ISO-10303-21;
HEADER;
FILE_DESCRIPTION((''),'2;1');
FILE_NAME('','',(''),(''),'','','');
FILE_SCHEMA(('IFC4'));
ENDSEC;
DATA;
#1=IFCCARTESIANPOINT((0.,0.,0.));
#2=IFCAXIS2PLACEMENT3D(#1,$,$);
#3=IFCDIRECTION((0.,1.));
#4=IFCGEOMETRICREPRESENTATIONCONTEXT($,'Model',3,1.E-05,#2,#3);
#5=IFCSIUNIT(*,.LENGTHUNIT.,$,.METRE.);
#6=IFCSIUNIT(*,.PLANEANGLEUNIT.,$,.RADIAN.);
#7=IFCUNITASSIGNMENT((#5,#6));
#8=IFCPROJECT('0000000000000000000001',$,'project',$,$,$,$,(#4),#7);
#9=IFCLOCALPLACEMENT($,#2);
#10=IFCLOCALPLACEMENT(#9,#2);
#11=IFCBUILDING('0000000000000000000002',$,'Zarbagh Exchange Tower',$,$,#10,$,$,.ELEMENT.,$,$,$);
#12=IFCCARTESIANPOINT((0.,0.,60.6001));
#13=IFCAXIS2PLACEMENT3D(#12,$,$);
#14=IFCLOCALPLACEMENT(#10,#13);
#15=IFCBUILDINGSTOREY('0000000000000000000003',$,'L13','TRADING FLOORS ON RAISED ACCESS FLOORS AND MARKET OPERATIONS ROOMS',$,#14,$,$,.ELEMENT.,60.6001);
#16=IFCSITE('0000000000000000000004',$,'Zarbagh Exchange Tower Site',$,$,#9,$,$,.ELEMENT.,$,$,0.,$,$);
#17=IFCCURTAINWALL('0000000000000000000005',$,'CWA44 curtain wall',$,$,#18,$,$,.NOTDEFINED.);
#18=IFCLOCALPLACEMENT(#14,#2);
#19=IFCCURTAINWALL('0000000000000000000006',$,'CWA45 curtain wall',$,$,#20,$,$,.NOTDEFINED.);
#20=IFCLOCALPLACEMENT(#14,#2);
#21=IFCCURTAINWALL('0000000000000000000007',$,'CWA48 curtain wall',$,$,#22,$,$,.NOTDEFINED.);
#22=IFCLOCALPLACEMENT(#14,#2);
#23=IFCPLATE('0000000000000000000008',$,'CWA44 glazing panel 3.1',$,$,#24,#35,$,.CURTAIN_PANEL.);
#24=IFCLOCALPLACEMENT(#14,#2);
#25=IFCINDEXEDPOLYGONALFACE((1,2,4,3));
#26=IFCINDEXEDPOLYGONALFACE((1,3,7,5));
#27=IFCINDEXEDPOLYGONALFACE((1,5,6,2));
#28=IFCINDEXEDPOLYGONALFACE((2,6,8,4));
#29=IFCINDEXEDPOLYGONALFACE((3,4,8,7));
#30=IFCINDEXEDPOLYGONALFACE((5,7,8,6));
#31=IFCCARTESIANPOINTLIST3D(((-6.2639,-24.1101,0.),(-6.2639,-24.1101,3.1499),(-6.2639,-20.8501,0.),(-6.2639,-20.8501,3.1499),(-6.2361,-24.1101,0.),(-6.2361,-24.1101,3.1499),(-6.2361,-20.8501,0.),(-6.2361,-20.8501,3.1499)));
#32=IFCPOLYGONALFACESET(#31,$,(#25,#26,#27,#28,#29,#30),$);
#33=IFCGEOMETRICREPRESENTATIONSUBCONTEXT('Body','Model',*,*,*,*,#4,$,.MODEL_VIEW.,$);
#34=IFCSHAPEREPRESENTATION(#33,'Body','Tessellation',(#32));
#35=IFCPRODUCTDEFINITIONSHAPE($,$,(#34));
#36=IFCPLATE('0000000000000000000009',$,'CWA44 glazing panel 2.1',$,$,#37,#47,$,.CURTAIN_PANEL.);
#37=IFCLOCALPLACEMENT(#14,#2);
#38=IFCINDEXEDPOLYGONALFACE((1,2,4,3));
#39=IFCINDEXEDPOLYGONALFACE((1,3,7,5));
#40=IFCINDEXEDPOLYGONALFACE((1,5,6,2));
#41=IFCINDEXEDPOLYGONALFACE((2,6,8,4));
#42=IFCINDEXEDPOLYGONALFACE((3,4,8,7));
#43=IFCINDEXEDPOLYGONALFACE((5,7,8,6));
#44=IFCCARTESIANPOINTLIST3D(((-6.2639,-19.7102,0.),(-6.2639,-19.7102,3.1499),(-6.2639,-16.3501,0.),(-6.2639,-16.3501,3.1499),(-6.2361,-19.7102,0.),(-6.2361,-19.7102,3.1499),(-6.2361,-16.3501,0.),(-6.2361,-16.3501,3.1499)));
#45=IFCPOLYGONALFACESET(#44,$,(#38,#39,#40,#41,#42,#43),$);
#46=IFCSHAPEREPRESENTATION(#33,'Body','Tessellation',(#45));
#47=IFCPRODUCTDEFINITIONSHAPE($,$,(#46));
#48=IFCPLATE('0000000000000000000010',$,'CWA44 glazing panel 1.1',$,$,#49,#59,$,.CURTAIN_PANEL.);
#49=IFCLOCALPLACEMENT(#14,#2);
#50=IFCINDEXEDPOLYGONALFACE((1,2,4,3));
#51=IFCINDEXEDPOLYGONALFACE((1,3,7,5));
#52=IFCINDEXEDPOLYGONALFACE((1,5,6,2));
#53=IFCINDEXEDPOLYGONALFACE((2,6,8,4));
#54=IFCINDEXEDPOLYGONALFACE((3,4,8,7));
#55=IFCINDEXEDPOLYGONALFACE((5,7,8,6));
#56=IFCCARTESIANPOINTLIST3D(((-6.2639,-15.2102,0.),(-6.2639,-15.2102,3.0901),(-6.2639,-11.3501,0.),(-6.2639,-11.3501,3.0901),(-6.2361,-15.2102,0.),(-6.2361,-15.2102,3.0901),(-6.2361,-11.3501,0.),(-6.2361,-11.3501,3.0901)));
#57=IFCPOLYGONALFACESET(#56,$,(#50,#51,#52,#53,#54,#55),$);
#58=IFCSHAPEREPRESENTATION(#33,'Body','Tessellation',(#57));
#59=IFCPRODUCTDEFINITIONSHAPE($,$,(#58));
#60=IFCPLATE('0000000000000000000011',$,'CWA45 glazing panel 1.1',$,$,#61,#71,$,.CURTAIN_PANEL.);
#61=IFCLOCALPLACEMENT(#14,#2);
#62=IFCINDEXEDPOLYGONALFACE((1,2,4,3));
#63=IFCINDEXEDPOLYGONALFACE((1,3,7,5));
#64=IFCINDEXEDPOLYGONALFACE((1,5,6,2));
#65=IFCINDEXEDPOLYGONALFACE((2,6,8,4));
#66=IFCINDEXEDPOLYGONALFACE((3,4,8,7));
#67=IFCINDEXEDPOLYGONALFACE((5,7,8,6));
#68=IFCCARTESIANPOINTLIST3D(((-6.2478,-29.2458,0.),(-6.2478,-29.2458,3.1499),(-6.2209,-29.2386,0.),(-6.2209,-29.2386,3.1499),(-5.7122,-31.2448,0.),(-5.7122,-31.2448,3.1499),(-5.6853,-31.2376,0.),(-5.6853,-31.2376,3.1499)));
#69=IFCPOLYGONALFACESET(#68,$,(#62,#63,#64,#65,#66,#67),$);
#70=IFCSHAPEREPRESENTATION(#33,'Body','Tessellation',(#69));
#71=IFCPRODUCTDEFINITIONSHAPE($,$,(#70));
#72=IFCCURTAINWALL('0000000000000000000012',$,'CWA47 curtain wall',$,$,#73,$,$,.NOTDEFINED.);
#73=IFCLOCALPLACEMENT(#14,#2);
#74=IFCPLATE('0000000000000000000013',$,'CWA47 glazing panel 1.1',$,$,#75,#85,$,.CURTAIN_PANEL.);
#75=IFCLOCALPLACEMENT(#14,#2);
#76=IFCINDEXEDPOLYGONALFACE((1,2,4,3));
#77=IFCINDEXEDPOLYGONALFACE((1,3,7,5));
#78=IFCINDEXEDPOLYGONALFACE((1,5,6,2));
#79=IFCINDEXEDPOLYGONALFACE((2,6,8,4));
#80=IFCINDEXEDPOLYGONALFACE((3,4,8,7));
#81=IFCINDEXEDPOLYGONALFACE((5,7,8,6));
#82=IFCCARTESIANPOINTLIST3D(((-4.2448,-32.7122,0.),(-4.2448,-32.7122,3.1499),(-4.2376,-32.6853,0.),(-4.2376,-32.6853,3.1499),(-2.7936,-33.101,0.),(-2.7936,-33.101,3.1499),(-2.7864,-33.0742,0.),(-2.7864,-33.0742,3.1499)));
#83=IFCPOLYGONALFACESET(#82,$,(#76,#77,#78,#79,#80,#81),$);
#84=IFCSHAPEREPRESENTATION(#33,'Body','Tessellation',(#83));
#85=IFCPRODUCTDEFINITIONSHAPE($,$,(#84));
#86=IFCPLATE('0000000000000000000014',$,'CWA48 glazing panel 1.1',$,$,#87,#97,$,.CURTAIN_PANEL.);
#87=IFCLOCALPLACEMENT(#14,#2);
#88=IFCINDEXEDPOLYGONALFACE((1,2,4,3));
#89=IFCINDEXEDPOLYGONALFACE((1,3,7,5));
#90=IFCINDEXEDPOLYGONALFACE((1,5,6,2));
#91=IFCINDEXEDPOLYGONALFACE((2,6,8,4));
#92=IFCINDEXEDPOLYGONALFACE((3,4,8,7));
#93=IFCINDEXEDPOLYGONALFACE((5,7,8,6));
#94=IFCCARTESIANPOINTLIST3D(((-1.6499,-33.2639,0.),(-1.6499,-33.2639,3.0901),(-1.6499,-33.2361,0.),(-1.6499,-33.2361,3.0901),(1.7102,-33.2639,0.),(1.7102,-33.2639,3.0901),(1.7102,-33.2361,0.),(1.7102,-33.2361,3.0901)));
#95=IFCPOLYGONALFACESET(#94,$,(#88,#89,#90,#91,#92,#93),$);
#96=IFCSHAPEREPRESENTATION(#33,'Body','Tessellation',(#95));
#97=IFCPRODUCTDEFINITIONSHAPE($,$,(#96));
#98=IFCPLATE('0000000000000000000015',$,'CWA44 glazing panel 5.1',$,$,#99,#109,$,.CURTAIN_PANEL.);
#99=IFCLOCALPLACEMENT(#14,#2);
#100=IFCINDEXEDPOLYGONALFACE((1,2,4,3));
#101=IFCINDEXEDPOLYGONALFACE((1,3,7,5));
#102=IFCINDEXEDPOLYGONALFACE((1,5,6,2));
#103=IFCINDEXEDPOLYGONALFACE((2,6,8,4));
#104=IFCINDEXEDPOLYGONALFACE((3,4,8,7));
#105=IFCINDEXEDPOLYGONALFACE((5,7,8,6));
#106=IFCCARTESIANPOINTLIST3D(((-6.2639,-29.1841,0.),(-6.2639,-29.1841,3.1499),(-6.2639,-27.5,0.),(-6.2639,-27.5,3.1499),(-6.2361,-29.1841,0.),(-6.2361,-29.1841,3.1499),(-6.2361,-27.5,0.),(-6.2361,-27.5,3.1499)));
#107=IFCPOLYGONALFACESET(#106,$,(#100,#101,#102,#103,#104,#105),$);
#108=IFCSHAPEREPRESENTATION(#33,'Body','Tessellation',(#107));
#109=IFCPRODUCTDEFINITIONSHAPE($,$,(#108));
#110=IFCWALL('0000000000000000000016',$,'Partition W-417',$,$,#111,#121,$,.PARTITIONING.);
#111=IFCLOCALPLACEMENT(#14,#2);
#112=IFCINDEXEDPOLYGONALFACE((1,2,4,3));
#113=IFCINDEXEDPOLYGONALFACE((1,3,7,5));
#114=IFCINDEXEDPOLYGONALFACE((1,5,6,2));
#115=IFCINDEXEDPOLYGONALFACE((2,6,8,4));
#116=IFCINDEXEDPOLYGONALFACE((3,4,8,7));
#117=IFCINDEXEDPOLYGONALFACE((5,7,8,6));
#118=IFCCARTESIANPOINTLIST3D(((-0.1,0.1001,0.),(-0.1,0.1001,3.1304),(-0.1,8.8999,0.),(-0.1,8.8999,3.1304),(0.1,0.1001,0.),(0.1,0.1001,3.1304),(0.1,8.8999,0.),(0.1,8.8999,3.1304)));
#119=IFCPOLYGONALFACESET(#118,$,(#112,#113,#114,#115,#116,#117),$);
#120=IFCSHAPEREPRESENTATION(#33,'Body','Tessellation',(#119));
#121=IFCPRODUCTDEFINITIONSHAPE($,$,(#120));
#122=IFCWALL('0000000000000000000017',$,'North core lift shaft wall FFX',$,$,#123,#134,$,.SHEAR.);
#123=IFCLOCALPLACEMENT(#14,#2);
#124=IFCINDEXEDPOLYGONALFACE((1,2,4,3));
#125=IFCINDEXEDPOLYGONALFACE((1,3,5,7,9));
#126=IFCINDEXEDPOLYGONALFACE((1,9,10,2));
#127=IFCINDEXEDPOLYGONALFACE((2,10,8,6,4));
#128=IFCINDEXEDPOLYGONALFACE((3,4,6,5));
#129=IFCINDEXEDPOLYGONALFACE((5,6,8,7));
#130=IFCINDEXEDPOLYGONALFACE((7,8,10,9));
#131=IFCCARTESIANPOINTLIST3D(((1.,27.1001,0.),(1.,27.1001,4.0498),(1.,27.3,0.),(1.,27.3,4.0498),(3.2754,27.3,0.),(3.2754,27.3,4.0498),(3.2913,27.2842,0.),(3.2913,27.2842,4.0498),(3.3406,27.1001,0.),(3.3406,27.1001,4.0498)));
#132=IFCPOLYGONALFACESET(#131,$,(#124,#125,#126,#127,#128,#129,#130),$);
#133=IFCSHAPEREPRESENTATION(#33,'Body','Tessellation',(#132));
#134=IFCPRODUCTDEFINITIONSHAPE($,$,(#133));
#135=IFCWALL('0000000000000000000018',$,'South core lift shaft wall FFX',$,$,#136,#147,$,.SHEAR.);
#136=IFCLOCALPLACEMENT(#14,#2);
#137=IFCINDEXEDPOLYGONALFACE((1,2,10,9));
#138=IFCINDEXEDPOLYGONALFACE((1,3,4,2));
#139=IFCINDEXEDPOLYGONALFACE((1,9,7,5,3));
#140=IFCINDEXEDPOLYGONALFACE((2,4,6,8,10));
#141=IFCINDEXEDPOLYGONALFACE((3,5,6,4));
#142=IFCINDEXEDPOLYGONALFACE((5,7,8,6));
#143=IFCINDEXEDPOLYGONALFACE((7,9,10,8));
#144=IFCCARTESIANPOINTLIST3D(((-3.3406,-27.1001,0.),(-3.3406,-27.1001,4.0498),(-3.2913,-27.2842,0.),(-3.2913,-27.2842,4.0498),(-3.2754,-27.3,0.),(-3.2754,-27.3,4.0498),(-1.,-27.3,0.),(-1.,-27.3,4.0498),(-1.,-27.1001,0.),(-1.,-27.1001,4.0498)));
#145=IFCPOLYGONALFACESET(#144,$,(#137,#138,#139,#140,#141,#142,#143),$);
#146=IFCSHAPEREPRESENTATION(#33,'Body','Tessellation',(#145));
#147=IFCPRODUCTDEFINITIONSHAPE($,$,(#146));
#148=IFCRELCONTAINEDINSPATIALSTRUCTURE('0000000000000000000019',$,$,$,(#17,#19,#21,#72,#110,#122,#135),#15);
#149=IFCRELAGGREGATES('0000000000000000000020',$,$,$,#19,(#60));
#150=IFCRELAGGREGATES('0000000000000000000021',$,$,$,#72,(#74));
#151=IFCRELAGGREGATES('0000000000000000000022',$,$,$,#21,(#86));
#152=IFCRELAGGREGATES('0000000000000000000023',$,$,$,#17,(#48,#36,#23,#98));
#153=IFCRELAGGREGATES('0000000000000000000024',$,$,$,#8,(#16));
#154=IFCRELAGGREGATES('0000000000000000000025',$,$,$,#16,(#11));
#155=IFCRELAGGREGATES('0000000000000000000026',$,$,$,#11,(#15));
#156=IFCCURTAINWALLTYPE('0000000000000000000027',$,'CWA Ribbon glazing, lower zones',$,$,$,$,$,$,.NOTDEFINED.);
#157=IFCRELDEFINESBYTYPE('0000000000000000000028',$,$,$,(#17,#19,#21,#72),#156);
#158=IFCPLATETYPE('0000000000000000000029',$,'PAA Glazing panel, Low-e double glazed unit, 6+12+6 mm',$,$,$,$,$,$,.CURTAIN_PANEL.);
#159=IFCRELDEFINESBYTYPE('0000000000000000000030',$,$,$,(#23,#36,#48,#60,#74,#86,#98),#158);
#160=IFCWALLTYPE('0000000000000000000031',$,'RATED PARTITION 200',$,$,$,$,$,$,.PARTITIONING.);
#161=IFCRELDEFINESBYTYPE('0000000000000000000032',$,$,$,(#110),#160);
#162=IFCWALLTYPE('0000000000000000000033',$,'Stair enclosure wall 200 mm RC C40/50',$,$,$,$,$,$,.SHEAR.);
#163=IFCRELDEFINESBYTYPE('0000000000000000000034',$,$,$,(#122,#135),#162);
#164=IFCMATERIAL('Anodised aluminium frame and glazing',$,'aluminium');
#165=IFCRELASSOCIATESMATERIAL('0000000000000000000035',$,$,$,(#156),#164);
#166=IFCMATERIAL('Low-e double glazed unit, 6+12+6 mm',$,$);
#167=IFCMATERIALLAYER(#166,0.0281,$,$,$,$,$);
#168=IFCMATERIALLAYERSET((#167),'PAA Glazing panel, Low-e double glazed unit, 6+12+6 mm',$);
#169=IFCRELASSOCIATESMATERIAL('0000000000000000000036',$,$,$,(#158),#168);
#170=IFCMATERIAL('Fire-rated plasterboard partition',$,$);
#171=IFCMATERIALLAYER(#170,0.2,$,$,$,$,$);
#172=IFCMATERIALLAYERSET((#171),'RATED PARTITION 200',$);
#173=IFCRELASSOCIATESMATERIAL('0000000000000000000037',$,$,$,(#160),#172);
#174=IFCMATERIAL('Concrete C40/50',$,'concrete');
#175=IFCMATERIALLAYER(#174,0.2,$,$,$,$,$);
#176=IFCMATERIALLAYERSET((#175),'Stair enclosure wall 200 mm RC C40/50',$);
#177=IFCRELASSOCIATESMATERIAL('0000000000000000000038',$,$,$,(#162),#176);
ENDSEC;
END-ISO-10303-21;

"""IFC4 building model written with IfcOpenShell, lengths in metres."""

from ifc_helpers import new_model, si_unit, direction, frame, frame_2d, origin, place, context, subcontext, project, spatial, polyline, rectangle, outline, extrude, source, transform, mapped, material, layer, layer_set, type_object, element, aggregate, save


model = new_model("IFC4")

# Units and contexts
model_context = context("Model", 3, precision=1e-05, world=origin(), true_north=direction((0.0, 1.0)))
body_context = subcontext(model_context, "Body", "Model", "MODEL_VIEW")
ifc_project = project(units=[si_unit("LENGTHUNIT", "METRE"), si_unit("PLANEANGLEUNIT", "RADIAN")], contexts=[model_context])

# Site, building, storey
site_placement = place(None, origin())
site = spatial("IfcSite", under=ifc_project, at=site_placement, Name="Zarbagh Exchange Tower Site", CompositionType="ELEMENT", RefElevation=0.0)
building_placement = place(site_placement, origin())
building = spatial("IfcBuilding", under=site, at=building_placement, Name="Zarbagh Exchange Tower", CompositionType="ELEMENT")
storey_placement = place(building_placement, frame((0.0, 0.0, 60.6001)))
storey = spatial("IfcBuildingStorey", under=building, at=storey_placement, Name="L13", Description="TRADING FLOORS ON RAISED ACCESS FLOORS AND MARKET OPERATIONS ROOMS", CompositionType="ELEMENT", Elevation=60.6001)

# Curtain wall
ifc_material_1 = material(Name="Anodised aluminium frame and glazing", Category="aluminium")
curtain_wall_type = type_object("IfcCurtainWallType", Name="CWA Ribbon glazing, lower zones", PredefinedType="NOTDEFINED", material=ifc_material_1)
curtain_wall_1_placement = place(storey_placement, origin())
curtain_wall_1 = element("IfcCurtainWall", 1, at=curtain_wall_1_placement, inside=storey, type_object=curtain_wall_type, Name="CWA44 curtain wall", PredefinedType="NOTDEFINED")
placement = place(storey_placement, origin())

# Curtain walls
curtain_wall_2_placement = place(storey_placement, origin())
curtain_wall_2 = element("IfcCurtainWall", 2, at=curtain_wall_2_placement, inside=storey, type_object=curtain_wall_type, Name="CWA45 curtain wall", PredefinedType="NOTDEFINED")
curtain_wall_3_placement = place(storey_placement, origin())
curtain_wall_3 = element("IfcCurtainWall", 3, at=curtain_wall_3_placement, inside=storey, type_object=curtain_wall_type, Name="CWA48 curtain wall", PredefinedType="NOTDEFINED")

# Shared definitions
ifc_material_2 = material(Name="Concrete C40/50", Category="concrete")

# Shared definitions
ifc_material_3 = material(Name="Low-e double glazed unit, 6+12+6 mm")
ifc_layer_1 = layer(ifc_material_3, 0.0281)
ifc_layer_set_1 = layer_set([ifc_layer_1], Name="PAA Glazing panel, Low-e double glazed unit, 6+12+6 mm")
plate_type = type_object("IfcPlateType", Name="PAA Glazing panel, Low-e double glazed unit, 6+12+6 mm", PredefinedType="CURTAIN_PANEL", material=ifc_layer_set_1)

# Plates
shared_shape_1 = source(origin(), body_context, "Body", "SweptSolid", [
    extrude(outline(polyline([(0.0, -0.0139), (3.26, -0.0139), (3.26, 0.0139), (0.0, 0.0139), (0.0, -0.0139)])), origin(), (0.0, 0.0, 1.0), 3.1499),
])
plate_1 = element("IfcPlate", 4, at=placement, type_object=plate_type, Name="CWA44 glazing panel 3.1", PredefinedType="CURTAIN_PANEL", context=body_context, shape_type="MappedRepresentation", body=[
    mapped(shared_shape_1, transform((-6.25, -20.8501, 0.0), x_axis=(0.0, -1.0, 0.0), y_axis=(1.0, 0.0, 0.0), z_axis=(0.0, 0.0, 1.0))),
])
shared_shape_2 = source(origin(), body_context, "Body", "SweptSolid", [
    extrude(outline(polyline([(0.0, -0.0139), (3.3601, -0.0139), (3.3601, 0.0139), (0.0, 0.0139), (0.0, -0.0139)])), origin(), (0.0, 0.0, 1.0), 3.1499),
])
plate_2 = element("IfcPlate", 5, at=placement, type_object=plate_type, Name="CWA44 glazing panel 2.1", PredefinedType="CURTAIN_PANEL", context=body_context, shape_type="MappedRepresentation", body=[
    mapped(shared_shape_2, transform((-6.25, -16.3501, 0.0), x_axis=(0.0, -1.0, 0.0), y_axis=(1.0, 0.0, 0.0), z_axis=(0.0, 0.0, 1.0))),
])
shared_shape_3 = source(origin(), body_context, "Body", "SweptSolid", [
    extrude(outline(polyline([(0.0, -0.0139), (3.8601, -0.0139), (3.8601, 0.0139), (0.0, 0.0139), (0.0, -0.0139)])), origin(), (0.0, 0.0, 1.0), 3.0901),
])
plate_3 = element("IfcPlate", 6, at=placement, type_object=plate_type, Name="CWA44 glazing panel 1.1", PredefinedType="CURTAIN_PANEL", context=body_context, shape_type="MappedRepresentation", body=[
    mapped(shared_shape_3, transform((-6.25, -11.3501, 0.0), x_axis=(0.0, -1.0, 0.0), y_axis=(1.0, 0.0, 0.0), z_axis=(0.0, 0.0, 1.0))),
])
shared_shape_4 = source(origin(), body_context, "Body", "SweptSolid", [
    extrude(outline(polyline([(0.0, -0.0139), (2.0696, -0.0139), (2.0696, 0.0139), (0.0, 0.0139), (0.0, -0.0139)])), origin(), (0.0, 0.0, 1.0), 3.1499),
])
plate_4 = element("IfcPlate", 7, at=placement, type_object=plate_type, Name="CWA45 glazing panel 1.1", PredefinedType="CURTAIN_PANEL", context=body_context, shape_type="MappedRepresentation", body=[
    mapped(shared_shape_4, transform((-6.2344, -29.2422, 0.0), x_axis=(0.258825, -0.965924, 0.0), y_axis=(0.965924, 0.258825, 0.0), z_axis=(0.0, 0.0, 1.0))),
])
aggregate(curtain_wall_2, [plate_4])

# Curtain wall, plate
curtain_wall_4_placement = place(storey_placement, origin())
curtain_wall_4 = element("IfcCurtainWall", 8, at=curtain_wall_4_placement, inside=storey, type_object=curtain_wall_type, Name="CWA47 curtain wall", PredefinedType="NOTDEFINED")
shared_shape_5 = source(origin(), body_context, "Body", "SweptSolid", [
    extrude(outline(polyline([(0.0, -0.0139), (1.5024, -0.0139), (1.5024, 0.0139), (0.0, 0.0139), (0.0, -0.0139)])), origin(), (0.0, 0.0, 1.0), 3.1499),
])
plate_5 = element("IfcPlate", 9, at=placement, type_object=plate_type, Name="CWA47 glazing panel 1.1", PredefinedType="CURTAIN_PANEL", context=body_context, shape_type="MappedRepresentation", body=[
    mapped(shared_shape_5, transform((-4.2412, -32.6987, 0.0), x_axis=(0.965924, -0.258825, 0.0), y_axis=(0.258825, 0.965924, 0.0), z_axis=(0.0, 0.0, 1.0))),
])
aggregate(curtain_wall_4, [plate_5])

# Plates
shared_shape_6 = source(origin(), body_context, "Body", "SweptSolid", [
    extrude(outline(polyline([(0.0, -0.0139), (3.3601, -0.0139), (3.3601, 0.0139), (0.0, 0.0139), (0.0, -0.0139)])), origin(), (0.0, 0.0, 1.0), 3.0901),
])
plate_6 = element("IfcPlate", 10, at=placement, type_object=plate_type, Name="CWA48 glazing panel 1.1", PredefinedType="CURTAIN_PANEL", context=body_context, shape_type="MappedRepresentation", body=[
    mapped(shared_shape_6, transform((-1.6499, -33.25, 0.0), x_axis=(1.0, 0.0, 0.0), y_axis=(0.0, 1.0, 0.0), z_axis=(0.0, 0.0, 1.0))),
])
aggregate(curtain_wall_3, [plate_6])
shared_shape_7 = source(origin(), body_context, "Body", "SweptSolid", [
    extrude(outline(polyline([(0.0, -0.0139), (1.6841, -0.0139), (1.6841, 0.0139), (0.0, 0.0139), (0.0, -0.0139)])), origin(), (0.0, 0.0, 1.0), 3.1499),
])
plate_7 = element("IfcPlate", 11, at=placement, type_object=plate_type, Name="CWA44 glazing panel 5.1", PredefinedType="CURTAIN_PANEL", context=body_context, shape_type="MappedRepresentation", body=[
    mapped(shared_shape_7, transform((-6.25, -27.5, 0.0), x_axis=(0.0, -1.0, 0.0), y_axis=(1.0, 0.0, 0.0), z_axis=(0.0, 0.0, 1.0))),
])
aggregate(curtain_wall_1, [plate_3, plate_2, plate_1, plate_7])

# Walls
ifc_material_4 = material(Name="Fire-rated plasterboard partition")
ifc_layer_2 = layer(ifc_material_4, 0.2)
ifc_layer_set_2 = layer_set([ifc_layer_2], Name="RATED PARTITION 200")
wall_type_1 = type_object("IfcWallType", Name="RATED PARTITION 200", PredefinedType="PARTITIONING", material=ifc_layer_set_2)
wall_1_placement = place(storey_placement, frame((0.0, 0.1001, 0.0), z_axis=(0.0, 0.0, 1.0), x_axis=(0.0, 1.0, 0.0)))
element("IfcWall", 12, at=wall_1_placement, inside=storey, type_object=wall_type_1, Name="Partition W-417", PredefinedType="PARTITIONING", context=body_context, shape_type="SweptSolid", body=[
    extrude(rectangle(XDim=8.7998, YDim=0.2, at=frame_2d((4.3999, 0.0))), origin(), (0.0, 0.0, 1.0), 3.1304),
])
ifc_layer_3 = layer(ifc_material_2, 0.2)
ifc_layer_set_3 = layer_set([ifc_layer_3], Name="Stair enclosure wall 200 mm RC C40/50")
wall_type_2 = type_object("IfcWallType", Name="Stair enclosure wall 200 mm RC C40/50", PredefinedType="SHEAR", material=ifc_layer_set_3)
wall_2_placement = place(storey_placement, origin())
element("IfcWall", 13, at=wall_2_placement, inside=storey, type_object=wall_type_2, Name="North core lift shaft wall FFX", PredefinedType="SHEAR", context=body_context, shape_type="SweptSolid", body=[
    extrude(outline(polyline([(1.0, 27.1001), (3.3406, 27.1001), (3.2913, 27.2842), (3.2754, 27.3), (1.0, 27.3), (1.0, 27.1001)])), origin(), (0.0, 0.0, 1.0), 4.0498),
])
wall_3_placement = place(storey_placement, origin())
element("IfcWall", 14, at=wall_3_placement, inside=storey, type_object=wall_type_2, Name="South core lift shaft wall FFX", PredefinedType="SHEAR", context=body_context, shape_type="SweptSolid", body=[
    extrude(outline(polyline([(-1.0, -27.1001), (-3.3406, -27.1001), (-3.2913, -27.2842), (-3.2754, -27.3), (-1.0, -27.3), (-1.0, -27.1001)])), origin(), (0.0, 0.0, 1.0), 4.0498),
])

save(model, "model.ifc")
